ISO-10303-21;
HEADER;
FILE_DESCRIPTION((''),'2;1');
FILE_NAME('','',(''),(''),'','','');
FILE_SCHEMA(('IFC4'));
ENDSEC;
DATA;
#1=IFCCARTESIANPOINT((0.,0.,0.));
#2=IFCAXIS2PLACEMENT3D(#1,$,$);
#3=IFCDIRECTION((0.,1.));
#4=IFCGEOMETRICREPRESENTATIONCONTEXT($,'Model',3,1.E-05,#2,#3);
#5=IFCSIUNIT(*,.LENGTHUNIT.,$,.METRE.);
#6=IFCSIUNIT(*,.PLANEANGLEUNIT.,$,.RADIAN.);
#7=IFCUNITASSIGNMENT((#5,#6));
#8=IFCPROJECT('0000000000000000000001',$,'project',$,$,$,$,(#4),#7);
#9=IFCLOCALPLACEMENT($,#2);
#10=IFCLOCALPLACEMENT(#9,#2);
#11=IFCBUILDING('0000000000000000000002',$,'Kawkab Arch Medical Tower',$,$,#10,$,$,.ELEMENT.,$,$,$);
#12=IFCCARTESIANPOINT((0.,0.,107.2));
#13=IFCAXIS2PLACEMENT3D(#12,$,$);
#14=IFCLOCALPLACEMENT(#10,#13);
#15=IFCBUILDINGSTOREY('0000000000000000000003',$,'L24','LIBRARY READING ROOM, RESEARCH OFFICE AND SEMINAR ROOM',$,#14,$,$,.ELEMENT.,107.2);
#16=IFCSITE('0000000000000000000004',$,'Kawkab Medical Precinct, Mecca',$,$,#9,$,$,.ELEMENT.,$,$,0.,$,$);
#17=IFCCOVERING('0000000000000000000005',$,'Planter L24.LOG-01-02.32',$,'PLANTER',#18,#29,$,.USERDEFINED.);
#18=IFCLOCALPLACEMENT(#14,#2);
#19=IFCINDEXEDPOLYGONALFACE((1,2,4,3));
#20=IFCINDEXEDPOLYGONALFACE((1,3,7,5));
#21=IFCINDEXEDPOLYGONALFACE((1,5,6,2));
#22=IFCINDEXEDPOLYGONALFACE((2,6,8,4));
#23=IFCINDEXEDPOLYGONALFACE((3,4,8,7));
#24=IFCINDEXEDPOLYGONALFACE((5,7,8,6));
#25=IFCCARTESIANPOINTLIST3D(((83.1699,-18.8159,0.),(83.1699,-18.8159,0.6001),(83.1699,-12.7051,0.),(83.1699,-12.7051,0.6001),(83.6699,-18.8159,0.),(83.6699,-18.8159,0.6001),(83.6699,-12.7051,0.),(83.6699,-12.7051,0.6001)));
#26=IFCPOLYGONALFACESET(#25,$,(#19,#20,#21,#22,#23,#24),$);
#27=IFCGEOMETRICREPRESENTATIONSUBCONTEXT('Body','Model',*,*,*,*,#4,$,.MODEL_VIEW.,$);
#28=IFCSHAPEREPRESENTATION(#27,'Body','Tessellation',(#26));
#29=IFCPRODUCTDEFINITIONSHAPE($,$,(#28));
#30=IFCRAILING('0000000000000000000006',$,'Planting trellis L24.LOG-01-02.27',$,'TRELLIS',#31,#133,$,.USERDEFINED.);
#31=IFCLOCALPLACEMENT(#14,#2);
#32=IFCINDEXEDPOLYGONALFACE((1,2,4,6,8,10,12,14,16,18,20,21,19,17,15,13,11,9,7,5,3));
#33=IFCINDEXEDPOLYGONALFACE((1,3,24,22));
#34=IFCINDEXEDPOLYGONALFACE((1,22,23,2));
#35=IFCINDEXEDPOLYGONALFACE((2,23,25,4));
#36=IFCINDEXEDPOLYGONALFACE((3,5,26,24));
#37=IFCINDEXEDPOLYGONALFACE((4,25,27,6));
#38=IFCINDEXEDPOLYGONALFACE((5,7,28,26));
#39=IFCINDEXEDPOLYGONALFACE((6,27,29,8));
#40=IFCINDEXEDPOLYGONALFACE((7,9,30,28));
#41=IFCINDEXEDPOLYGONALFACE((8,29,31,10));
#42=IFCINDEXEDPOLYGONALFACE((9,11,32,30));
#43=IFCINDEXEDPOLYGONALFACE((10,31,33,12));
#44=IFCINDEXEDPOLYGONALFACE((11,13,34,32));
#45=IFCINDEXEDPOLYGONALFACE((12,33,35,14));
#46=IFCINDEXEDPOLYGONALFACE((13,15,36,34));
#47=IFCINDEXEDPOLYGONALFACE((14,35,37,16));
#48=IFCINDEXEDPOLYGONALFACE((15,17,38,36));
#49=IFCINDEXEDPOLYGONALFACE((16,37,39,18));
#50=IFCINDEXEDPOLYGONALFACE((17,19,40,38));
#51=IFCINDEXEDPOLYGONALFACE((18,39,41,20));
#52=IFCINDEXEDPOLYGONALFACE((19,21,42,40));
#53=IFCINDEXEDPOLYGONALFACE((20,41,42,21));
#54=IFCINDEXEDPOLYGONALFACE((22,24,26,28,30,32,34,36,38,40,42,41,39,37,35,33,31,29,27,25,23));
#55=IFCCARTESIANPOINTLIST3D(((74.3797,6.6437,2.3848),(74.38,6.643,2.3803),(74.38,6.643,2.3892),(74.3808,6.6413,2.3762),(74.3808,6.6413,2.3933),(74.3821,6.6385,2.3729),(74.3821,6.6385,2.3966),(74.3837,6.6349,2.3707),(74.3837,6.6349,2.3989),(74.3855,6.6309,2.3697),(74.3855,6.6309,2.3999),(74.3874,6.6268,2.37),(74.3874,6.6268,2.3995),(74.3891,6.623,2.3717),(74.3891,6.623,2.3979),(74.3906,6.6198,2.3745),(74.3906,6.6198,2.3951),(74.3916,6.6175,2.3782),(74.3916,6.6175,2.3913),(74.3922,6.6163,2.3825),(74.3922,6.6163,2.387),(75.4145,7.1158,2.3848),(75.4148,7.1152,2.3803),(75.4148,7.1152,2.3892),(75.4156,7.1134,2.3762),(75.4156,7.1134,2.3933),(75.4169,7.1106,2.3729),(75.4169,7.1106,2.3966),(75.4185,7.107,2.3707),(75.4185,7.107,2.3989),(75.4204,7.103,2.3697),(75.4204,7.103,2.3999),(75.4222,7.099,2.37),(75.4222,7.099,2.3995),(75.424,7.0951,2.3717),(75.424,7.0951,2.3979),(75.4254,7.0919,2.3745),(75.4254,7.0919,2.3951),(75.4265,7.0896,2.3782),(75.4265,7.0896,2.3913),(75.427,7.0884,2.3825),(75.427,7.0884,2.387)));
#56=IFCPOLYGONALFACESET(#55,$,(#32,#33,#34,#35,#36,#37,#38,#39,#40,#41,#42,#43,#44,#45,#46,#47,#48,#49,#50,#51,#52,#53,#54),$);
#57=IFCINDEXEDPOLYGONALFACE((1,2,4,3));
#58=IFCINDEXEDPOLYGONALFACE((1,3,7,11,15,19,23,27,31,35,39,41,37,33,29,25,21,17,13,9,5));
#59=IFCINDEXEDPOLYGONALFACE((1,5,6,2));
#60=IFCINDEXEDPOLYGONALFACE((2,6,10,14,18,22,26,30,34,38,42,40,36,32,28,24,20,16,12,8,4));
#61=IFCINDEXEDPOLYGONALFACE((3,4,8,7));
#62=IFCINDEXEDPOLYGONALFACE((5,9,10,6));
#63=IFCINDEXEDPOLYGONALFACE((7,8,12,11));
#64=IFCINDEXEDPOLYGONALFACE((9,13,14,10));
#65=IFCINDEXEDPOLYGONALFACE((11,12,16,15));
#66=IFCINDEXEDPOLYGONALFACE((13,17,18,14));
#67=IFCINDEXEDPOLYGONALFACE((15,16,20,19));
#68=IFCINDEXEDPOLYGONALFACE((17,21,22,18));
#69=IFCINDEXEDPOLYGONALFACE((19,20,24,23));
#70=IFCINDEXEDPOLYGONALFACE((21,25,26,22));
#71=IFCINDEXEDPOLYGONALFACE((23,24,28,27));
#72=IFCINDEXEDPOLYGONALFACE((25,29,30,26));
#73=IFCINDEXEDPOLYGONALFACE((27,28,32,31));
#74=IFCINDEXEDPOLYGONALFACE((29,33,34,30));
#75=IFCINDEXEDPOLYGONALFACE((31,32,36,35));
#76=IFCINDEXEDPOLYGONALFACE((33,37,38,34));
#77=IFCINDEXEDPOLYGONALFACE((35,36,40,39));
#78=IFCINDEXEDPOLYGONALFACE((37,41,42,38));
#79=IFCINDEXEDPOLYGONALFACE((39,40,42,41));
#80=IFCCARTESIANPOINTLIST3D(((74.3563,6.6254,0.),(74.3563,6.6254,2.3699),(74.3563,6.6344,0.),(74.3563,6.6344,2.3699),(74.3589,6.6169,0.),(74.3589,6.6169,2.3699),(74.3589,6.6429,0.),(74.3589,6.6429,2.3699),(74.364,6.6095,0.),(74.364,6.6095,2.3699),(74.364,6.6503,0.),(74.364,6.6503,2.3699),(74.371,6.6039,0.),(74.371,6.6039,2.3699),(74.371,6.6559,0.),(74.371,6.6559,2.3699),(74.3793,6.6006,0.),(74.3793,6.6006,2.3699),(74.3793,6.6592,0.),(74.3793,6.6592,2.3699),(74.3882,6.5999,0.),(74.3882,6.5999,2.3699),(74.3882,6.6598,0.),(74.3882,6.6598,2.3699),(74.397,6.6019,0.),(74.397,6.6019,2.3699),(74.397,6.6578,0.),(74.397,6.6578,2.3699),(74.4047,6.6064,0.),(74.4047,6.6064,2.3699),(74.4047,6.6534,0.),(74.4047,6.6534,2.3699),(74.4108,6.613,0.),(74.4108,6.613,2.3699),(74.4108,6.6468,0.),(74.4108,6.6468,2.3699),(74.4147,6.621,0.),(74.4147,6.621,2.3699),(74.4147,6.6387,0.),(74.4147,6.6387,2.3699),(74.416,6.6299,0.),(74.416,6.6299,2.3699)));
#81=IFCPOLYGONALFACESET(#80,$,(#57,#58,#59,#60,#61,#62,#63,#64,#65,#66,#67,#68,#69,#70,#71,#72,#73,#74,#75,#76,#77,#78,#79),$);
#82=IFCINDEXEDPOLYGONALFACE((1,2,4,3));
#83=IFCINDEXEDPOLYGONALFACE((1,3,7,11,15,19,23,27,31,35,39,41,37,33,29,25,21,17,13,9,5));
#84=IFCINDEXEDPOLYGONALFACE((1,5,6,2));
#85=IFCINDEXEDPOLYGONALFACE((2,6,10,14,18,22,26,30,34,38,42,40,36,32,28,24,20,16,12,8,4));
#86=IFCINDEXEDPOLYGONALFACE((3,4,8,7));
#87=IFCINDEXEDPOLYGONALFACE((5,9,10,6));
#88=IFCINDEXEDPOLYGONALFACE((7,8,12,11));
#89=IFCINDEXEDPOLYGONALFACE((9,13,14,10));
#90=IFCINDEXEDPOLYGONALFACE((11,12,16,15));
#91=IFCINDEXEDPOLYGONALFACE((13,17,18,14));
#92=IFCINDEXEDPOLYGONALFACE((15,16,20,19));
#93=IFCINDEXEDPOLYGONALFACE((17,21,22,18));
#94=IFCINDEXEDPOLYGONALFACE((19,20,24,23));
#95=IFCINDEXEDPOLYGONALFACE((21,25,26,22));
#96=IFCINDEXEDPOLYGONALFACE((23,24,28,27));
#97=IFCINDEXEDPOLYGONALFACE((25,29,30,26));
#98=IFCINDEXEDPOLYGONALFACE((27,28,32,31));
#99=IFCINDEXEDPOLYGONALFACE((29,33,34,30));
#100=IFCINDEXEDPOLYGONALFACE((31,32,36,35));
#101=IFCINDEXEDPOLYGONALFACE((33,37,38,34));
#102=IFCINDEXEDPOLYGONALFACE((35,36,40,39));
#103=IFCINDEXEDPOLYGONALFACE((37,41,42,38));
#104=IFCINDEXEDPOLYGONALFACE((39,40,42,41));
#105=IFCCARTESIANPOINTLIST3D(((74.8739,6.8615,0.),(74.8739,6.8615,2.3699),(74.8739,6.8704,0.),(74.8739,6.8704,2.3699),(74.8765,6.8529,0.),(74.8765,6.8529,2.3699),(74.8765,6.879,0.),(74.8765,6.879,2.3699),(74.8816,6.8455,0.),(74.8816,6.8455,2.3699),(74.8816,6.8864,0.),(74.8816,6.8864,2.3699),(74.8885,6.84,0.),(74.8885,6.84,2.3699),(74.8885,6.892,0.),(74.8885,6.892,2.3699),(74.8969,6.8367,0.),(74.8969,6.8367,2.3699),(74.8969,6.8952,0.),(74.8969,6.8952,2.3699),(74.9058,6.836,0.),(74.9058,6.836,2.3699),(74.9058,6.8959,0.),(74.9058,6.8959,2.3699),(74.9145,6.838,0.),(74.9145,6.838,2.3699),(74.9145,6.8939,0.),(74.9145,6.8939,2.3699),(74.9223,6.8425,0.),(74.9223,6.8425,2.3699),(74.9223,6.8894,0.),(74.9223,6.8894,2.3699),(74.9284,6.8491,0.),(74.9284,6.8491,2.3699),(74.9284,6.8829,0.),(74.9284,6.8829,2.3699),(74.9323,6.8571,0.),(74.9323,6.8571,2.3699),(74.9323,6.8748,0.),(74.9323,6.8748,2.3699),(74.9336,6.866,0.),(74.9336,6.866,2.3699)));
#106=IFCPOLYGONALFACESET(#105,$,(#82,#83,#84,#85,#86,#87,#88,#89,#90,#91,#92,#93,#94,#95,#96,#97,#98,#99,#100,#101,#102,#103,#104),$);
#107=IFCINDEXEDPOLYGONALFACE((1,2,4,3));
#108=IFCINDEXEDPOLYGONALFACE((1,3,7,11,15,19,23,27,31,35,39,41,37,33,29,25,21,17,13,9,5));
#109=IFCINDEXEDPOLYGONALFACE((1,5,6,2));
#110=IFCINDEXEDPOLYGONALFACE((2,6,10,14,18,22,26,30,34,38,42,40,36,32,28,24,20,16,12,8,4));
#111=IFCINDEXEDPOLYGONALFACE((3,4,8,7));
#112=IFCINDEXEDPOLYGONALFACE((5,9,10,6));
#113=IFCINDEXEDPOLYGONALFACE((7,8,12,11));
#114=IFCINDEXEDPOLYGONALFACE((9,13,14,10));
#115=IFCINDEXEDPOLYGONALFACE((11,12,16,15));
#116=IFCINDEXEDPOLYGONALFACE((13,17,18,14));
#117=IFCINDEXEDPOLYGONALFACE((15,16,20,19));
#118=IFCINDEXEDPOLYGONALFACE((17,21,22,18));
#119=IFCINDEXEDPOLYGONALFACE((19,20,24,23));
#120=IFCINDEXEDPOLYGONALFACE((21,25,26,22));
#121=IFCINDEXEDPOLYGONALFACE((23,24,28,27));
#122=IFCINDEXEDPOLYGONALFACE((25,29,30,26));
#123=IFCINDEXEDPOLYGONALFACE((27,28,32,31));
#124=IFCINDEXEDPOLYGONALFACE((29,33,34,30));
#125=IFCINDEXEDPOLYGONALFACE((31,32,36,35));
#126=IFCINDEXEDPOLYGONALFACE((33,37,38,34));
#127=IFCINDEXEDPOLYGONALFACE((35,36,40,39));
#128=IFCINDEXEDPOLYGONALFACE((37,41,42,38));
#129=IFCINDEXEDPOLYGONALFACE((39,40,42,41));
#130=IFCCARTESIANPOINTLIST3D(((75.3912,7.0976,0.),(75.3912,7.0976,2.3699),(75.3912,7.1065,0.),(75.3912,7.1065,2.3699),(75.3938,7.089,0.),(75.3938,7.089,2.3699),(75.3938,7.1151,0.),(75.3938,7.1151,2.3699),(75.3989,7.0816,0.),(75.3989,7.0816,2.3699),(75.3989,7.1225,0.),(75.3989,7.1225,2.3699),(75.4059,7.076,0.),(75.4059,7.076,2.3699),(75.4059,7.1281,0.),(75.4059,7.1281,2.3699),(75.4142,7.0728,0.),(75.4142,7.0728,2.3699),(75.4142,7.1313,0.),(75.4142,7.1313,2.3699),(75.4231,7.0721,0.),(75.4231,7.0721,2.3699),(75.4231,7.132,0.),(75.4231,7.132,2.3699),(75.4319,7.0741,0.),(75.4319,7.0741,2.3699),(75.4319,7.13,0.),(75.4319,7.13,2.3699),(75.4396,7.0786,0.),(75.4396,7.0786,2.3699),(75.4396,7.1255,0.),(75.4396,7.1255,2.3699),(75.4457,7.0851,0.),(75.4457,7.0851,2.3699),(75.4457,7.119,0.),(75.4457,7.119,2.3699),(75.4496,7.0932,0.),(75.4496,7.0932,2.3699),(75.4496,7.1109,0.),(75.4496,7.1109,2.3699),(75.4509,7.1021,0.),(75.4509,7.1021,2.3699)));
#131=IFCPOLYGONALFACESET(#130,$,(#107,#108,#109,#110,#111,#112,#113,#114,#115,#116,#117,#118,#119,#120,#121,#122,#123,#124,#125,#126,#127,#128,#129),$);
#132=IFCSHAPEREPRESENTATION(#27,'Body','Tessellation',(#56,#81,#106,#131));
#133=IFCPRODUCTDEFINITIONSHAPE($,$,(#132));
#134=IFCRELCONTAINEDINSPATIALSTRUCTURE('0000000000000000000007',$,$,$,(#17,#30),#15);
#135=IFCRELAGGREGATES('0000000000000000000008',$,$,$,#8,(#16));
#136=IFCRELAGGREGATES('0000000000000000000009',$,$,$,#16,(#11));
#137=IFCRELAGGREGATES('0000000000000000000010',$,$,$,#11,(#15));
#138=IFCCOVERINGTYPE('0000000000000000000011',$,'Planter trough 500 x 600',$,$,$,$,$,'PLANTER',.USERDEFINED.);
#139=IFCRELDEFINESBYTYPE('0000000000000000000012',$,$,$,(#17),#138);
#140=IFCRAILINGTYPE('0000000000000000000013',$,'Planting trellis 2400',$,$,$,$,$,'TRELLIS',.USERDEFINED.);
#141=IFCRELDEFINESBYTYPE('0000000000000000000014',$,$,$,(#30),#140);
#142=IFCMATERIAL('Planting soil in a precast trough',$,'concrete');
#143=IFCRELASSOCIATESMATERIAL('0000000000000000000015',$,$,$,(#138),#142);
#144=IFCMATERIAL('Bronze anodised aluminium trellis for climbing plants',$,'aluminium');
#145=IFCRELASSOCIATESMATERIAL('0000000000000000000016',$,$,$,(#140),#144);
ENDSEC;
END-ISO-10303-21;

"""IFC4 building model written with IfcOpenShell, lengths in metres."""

from ifc_helpers import new_model, si_unit, direction, frame, origin, origin_2d, place, context, subcontext, project, spatial, rectangle, circle, extrude, material, material_profile, profile_set, type_object, element, save


model = new_model("IFC4")

# Units and contexts
model_context = context("Model", 3, precision=1e-05, world=origin(), true_north=direction((0.0, 1.0)))
body_context = subcontext(model_context, "Body", "Model", "MODEL_VIEW")
ifc_project = project(units=[si_unit("LENGTHUNIT", "METRE"), si_unit("PLANEANGLEUNIT", "RADIAN")], contexts=[model_context])

# Site, building, storey
site_placement = place(None, origin())
site = spatial("IfcSite", under=ifc_project, at=site_placement, Name="Kawkab Medical Precinct, Mecca", CompositionType="ELEMENT", RefElevation=0.0)
building_placement = place(site_placement, origin())
building = spatial("IfcBuilding", under=site, at=building_placement, Name="Kawkab Arch Medical Tower", CompositionType="ELEMENT")
storey_placement = place(building_placement, frame((0.0, 0.0, 107.2)))
storey = spatial("IfcBuildingStorey", under=building, at=storey_placement, Name="L24", Description="LIBRARY READING ROOM, RESEARCH OFFICE AND SEMINAR ROOM", CompositionType="ELEMENT", Elevation=107.2)

# Covering
ifc_material_1 = material(Name="Planting soil in a precast trough", Category="concrete")
ifc_material_profile_1 = material_profile(ifc_material_1, rectangle(XDim=0.5, YDim=0.6001, at=origin_2d()), Name="Trough 500x600")
ifc_profile_set_1 = profile_set([ifc_material_profile_1], Name="Planting soil in a precast trough")
covering_type = type_object("IfcCoveringType", Name="Planter trough 500 x 600", ElementType="PLANTER", PredefinedType="USERDEFINED", material=ifc_profile_set_1)
covering_1_placement = place(storey_placement, frame((83.4199, -12.7051, 0.3), z_axis=(0.0, -1.0, 0.0), x_axis=(1.0, 0.0, 0.0)))
element("IfcCovering", 1, at=covering_1_placement, inside=storey, type_object=covering_type, Name="Planter L24.LOG-01-02.32", ObjectType="PLANTER", PredefinedType="USERDEFINED", context=body_context, shape_type="SweptSolid", body=[
    extrude(rectangle(XDim=0.5, YDim=0.6001, at=origin_2d()), origin(), (0.0, 0.0, 1.0), 6.1108),
])

# Railing
ifc_material_2 = material(Name="Bronze anodised aluminium trellis for climbing plants", Category="aluminium")
railing_type = type_object("IfcRailingType", Name="Planting trellis 2400", ElementType="TRELLIS", PredefinedType="USERDEFINED", material=ifc_material_2)
railing_1_placement = place(storey_placement, frame((74.386, 6.6299, 0.0)))
element("IfcRailing", 2, at=railing_1_placement, inside=storey, type_object=railing_type, Name="Planting trellis L24.LOG-01-02.27", ObjectType="TRELLIS", PredefinedType="USERDEFINED", context=body_context, shape_type="SweptSolid", body=[
    extrude(circle(Radius=0.0151, at=origin_2d()), frame((0.0, 0.0, 2.3848), z_axis=(0.909785, 0.41508, 0.0), x_axis=(-0.41508, 0.909785, 0.0)), (0.0, 0.0, 1.0), 1.1375),
    extrude(circle(Radius=0.03, at=origin_2d()), origin(), (0.0, 0.0, 1.0), 2.3699),
    extrude(circle(Radius=0.03, at=origin_2d()), frame((0.5176, 0.2361, 0.0)), (0.0, 0.0, 1.0), 2.3699),
    extrude(circle(Radius=0.03, at=origin_2d()), frame((1.0349, 0.4722, 0.0)), (0.0, 0.0, 1.0), 2.3699),
])

save(model, "model.ifc")
